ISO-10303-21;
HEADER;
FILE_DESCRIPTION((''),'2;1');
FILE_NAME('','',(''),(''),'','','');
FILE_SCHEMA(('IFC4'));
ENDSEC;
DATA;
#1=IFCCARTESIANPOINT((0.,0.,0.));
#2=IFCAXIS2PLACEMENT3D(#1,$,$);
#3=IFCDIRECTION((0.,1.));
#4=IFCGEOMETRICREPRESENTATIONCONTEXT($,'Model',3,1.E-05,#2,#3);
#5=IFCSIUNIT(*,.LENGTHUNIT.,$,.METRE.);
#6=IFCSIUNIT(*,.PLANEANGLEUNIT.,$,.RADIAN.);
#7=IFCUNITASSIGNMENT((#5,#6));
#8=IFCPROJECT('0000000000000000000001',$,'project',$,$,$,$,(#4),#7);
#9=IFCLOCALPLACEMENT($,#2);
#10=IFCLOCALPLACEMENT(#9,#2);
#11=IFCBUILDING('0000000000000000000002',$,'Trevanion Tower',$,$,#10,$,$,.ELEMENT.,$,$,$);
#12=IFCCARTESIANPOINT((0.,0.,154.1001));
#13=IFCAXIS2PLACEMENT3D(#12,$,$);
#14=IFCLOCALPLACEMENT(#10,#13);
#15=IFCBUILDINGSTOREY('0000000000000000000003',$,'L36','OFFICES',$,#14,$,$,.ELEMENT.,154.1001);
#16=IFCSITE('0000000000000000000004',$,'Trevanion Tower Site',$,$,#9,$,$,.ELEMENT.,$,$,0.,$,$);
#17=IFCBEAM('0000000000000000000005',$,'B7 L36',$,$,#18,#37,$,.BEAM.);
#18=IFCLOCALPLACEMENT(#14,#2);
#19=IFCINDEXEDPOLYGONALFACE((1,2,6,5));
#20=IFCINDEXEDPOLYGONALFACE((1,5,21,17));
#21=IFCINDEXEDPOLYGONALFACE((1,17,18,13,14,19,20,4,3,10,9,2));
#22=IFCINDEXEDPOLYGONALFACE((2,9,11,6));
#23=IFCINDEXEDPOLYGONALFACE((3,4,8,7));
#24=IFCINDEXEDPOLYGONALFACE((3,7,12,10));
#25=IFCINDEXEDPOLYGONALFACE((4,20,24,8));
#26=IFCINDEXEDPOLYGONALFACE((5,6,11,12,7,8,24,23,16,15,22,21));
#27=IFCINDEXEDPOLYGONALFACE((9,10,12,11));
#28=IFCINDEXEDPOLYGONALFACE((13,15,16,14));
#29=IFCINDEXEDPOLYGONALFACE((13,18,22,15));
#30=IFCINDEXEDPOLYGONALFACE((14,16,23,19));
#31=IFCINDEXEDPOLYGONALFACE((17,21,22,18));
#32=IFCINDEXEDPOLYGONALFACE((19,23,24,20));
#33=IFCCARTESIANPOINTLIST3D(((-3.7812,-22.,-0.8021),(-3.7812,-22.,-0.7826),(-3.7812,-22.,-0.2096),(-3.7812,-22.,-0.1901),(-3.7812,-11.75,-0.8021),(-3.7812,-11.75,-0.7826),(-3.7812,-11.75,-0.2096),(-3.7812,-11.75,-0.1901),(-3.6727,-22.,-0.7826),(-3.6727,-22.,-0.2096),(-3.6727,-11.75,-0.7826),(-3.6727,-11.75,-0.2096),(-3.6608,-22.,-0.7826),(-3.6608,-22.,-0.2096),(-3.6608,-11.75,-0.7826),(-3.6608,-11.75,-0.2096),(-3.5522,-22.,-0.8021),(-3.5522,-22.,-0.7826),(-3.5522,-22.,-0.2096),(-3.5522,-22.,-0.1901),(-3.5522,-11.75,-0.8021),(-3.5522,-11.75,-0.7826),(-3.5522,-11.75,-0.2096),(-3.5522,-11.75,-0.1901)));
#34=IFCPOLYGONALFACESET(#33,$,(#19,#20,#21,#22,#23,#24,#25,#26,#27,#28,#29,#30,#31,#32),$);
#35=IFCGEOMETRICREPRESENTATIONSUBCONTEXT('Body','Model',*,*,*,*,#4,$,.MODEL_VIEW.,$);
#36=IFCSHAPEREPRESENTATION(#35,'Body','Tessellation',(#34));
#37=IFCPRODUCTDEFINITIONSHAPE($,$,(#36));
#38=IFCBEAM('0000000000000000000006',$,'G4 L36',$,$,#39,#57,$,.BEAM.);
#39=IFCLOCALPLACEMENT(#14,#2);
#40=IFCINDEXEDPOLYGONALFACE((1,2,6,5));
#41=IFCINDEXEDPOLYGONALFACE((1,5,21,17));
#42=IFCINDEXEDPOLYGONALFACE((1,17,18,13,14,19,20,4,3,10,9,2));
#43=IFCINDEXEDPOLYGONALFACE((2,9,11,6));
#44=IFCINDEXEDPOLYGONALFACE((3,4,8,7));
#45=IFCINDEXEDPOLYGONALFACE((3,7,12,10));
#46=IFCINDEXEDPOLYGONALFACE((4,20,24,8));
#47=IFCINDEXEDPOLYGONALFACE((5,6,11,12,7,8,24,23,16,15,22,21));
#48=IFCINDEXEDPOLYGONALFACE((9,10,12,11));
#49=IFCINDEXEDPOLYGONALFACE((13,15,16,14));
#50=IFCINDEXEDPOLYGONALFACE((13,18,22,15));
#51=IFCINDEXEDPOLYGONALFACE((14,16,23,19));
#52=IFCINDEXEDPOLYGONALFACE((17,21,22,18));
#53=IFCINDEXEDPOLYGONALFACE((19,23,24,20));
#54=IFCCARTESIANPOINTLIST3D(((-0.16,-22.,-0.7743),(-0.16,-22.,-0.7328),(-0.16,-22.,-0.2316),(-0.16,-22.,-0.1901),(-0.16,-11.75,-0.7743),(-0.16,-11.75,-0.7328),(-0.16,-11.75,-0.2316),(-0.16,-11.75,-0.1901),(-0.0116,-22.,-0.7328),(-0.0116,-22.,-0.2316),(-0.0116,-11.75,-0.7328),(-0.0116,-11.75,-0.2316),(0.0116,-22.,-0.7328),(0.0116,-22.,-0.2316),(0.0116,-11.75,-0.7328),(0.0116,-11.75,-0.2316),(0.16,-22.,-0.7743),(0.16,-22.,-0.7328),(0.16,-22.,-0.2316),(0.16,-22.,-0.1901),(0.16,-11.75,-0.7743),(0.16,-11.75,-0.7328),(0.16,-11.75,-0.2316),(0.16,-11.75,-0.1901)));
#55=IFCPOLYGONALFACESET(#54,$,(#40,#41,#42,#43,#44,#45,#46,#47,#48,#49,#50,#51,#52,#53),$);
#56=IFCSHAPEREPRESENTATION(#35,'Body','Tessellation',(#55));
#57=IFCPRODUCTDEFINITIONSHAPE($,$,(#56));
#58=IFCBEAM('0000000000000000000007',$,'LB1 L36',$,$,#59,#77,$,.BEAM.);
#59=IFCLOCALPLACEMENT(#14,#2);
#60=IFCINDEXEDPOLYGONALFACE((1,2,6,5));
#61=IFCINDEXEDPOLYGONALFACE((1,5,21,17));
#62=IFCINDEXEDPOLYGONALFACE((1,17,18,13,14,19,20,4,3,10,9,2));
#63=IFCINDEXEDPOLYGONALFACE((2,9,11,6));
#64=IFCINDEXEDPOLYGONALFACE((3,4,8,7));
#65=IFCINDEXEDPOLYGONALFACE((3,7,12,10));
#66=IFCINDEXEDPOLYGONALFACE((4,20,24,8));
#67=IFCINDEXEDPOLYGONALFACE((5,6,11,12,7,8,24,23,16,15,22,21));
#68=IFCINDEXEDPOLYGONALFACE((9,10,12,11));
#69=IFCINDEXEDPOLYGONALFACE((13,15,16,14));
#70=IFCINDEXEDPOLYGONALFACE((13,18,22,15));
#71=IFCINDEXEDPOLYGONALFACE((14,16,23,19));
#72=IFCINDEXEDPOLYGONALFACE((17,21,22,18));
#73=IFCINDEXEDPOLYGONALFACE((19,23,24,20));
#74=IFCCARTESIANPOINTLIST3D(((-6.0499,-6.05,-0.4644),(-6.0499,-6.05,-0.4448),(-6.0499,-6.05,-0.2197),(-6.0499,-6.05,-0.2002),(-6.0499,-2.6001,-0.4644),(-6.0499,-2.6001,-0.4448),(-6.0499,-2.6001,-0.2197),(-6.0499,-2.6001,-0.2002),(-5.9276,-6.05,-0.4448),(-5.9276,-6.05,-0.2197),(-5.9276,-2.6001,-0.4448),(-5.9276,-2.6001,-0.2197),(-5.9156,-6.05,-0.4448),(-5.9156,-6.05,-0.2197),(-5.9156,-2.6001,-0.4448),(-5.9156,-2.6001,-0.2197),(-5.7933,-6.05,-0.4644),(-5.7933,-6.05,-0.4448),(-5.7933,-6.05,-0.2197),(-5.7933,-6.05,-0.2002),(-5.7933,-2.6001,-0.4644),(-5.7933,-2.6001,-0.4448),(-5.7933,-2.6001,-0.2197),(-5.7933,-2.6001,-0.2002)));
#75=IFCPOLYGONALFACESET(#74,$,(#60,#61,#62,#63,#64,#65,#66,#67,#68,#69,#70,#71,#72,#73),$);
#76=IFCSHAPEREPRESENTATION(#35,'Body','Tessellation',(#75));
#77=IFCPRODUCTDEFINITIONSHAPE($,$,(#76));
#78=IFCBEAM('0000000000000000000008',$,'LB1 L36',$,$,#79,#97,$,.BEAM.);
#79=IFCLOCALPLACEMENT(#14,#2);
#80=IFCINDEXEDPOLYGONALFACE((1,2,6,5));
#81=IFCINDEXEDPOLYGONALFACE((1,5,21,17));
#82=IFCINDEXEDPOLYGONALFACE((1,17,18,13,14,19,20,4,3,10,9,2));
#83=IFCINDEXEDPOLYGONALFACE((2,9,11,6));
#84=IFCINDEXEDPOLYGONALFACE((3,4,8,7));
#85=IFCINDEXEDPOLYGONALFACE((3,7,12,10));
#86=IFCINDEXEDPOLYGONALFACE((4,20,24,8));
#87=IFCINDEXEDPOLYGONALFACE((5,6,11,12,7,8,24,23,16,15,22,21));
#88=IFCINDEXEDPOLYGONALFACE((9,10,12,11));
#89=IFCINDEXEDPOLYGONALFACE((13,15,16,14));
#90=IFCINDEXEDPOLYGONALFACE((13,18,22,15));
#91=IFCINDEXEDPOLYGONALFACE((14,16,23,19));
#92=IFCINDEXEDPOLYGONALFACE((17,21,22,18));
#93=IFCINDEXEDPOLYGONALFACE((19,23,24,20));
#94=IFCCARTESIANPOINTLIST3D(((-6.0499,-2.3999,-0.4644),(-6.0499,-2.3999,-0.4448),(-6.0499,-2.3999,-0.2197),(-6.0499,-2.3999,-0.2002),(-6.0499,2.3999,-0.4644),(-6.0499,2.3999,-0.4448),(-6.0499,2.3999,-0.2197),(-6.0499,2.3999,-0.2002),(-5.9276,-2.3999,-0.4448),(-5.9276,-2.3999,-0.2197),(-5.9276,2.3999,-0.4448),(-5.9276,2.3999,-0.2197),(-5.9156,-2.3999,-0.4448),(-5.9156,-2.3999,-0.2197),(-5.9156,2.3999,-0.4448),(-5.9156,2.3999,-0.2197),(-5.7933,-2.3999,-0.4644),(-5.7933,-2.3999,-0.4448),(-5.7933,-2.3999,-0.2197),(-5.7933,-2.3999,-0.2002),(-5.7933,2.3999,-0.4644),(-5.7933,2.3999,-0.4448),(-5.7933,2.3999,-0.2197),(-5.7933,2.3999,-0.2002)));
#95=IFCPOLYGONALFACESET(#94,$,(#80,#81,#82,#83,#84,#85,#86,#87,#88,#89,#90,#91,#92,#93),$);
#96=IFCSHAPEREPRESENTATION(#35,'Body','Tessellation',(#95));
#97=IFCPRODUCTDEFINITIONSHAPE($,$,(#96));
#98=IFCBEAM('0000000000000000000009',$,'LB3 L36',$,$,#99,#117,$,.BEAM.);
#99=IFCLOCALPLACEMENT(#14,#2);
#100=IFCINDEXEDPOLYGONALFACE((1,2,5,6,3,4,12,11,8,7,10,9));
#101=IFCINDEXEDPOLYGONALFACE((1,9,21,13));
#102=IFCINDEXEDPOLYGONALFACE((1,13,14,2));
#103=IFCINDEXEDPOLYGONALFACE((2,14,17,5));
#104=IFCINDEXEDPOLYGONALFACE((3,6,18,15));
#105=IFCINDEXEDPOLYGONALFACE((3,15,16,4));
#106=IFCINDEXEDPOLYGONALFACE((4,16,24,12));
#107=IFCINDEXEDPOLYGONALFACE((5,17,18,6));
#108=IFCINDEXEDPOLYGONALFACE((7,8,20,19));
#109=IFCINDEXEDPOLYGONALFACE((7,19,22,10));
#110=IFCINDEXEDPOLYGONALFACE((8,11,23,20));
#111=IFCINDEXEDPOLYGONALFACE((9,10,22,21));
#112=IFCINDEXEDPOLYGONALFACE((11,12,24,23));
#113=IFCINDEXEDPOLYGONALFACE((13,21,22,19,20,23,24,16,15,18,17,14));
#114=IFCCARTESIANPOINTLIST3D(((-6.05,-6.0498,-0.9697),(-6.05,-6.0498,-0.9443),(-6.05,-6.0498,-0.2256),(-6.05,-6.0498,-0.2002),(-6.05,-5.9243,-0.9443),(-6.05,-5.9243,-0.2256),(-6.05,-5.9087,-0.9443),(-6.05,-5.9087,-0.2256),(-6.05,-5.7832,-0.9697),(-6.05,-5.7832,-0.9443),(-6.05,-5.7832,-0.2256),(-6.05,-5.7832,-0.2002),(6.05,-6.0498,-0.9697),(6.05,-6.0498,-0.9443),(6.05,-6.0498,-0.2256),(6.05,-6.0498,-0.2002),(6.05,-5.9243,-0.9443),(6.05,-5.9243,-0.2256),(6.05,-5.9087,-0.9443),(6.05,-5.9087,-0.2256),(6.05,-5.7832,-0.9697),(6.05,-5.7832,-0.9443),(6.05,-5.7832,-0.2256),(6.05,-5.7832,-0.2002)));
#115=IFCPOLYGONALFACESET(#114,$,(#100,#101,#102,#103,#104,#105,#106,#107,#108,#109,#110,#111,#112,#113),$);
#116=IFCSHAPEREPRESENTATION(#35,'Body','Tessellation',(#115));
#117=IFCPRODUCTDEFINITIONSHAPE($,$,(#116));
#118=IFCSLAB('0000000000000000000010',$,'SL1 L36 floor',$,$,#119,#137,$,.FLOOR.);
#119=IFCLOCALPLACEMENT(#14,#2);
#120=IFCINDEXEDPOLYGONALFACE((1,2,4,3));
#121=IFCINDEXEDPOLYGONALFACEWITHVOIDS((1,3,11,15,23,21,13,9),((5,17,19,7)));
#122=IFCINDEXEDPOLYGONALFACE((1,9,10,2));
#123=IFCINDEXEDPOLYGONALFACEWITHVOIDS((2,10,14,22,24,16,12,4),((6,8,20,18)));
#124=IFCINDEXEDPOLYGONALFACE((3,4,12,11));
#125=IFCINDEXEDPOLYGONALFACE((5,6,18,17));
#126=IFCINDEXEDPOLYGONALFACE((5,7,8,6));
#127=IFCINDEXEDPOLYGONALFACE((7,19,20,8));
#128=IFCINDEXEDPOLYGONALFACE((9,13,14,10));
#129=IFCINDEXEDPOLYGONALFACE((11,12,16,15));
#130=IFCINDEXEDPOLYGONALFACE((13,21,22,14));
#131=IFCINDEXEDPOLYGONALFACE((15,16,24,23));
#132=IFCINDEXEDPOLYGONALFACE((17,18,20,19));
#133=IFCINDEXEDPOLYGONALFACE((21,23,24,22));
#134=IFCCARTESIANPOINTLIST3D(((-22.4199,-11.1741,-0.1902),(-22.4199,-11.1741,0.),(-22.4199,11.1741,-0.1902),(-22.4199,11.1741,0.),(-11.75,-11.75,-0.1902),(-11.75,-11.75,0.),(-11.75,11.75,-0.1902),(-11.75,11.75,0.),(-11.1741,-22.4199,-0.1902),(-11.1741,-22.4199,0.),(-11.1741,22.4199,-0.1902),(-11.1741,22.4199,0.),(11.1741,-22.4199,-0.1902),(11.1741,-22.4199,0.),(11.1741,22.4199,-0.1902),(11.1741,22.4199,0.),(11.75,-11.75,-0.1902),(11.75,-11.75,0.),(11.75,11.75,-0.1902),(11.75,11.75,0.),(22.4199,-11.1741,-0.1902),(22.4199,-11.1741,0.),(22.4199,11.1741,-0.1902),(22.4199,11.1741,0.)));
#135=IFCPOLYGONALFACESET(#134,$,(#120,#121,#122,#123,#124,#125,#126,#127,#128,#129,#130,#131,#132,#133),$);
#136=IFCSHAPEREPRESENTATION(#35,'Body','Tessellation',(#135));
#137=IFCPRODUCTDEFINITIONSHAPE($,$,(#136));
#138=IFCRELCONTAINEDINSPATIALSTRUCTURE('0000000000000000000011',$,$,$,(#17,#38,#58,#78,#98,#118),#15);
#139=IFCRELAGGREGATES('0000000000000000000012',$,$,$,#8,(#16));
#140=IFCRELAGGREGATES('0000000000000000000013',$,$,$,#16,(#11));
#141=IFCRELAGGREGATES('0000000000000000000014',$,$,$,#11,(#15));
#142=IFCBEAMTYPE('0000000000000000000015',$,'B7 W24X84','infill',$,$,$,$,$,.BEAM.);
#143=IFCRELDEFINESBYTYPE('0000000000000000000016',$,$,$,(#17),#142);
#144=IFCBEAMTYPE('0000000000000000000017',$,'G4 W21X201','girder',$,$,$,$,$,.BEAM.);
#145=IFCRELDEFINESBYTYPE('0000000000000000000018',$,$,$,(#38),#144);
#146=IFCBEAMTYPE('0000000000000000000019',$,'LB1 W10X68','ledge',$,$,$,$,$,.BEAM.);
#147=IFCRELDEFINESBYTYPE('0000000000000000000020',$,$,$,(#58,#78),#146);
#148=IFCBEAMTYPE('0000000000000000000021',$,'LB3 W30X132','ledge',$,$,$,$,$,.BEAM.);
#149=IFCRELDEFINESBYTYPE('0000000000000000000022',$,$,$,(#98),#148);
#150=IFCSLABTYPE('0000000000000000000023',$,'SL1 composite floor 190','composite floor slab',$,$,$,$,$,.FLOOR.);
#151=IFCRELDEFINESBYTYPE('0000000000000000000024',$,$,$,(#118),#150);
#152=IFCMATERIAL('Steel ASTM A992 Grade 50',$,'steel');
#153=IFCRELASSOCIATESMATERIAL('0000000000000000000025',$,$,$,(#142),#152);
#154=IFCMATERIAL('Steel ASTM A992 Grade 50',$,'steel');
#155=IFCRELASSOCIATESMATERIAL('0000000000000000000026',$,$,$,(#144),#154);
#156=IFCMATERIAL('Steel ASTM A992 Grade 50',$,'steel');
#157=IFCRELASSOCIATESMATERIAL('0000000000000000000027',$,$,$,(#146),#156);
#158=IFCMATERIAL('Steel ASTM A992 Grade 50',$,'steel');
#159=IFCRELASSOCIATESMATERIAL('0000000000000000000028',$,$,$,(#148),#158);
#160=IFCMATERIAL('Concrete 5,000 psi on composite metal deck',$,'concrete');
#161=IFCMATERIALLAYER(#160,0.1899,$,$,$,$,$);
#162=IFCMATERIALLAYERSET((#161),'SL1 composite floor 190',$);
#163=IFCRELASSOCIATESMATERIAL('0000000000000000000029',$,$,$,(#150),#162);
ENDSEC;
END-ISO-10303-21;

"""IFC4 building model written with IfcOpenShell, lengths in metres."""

from ifc_helpers import new_model, si_unit, direction, frame, origin, origin_2d, place, context, subcontext, project, spatial, polyline, i_section, outline, extrude, material, layer, layer_set, material_profile, profile_set, type_object, element, save


model = new_model("IFC4")

# Units and contexts
model_context = context("Model", 3, precision=1e-05, world=origin(), true_north=direction((0.0, 1.0)))
body_context = subcontext(model_context, "Body", "Model", "MODEL_VIEW")
ifc_project = project(units=[si_unit("LENGTHUNIT", "METRE"), si_unit("PLANEANGLEUNIT", "RADIAN")], contexts=[model_context])

# Site, building, storey
site_placement = place(None, origin())
site = spatial("IfcSite", under=ifc_project, at=site_placement, Name="Trevanion Tower Site", CompositionType="ELEMENT", RefElevation=0.0)
building_placement = place(site_placement, origin())
building = spatial("IfcBuilding", under=site, at=building_placement, Name="Trevanion Tower", CompositionType="ELEMENT")
storey_placement = place(building_placement, frame((0.0, 0.0, 154.1001)))
storey = spatial("IfcBuildingStorey", under=building, at=storey_placement, Name="L36", Description="OFFICES", CompositionType="ELEMENT", Elevation=154.1001)

# Beams
ifc_material_1 = material(Name="Steel ASTM A992 Grade 50", Category="steel")
ifc_material_profile_1 = material_profile(ifc_material_1, i_section(OverallWidth=0.229, OverallDepth=0.6121, WebThickness=0.012, FlangeThickness=0.0195, at=origin_2d()), Name="W24X84")
ifc_profile_set_1 = profile_set([ifc_material_profile_1], Name="Steel ASTM A992 Grade 50")
beam_type_1 = type_object("IfcBeamType", Name="B7 W24X84", Description="infill", PredefinedType="BEAM", material=ifc_profile_set_1)
beam_1_placement = place(storey_placement, frame((-3.6667, -11.75, -0.4961), z_axis=(0.0, -1.0, 0.0), x_axis=(1.0, 0.0, 0.0)))
element("IfcBeam", 1, at=beam_1_placement, inside=storey, type_object=beam_type_1, Name="B7 L36", PredefinedType="BEAM", context=body_context, shape_type="SweptSolid", body=[
    extrude(i_section(OverallWidth=0.229, OverallDepth=0.6121, WebThickness=0.012, FlangeThickness=0.0195, at=origin_2d()), origin(), (0.0, 0.0, 1.0), 10.25),
])
ifc_material_2 = material(Name="Steel ASTM A992 Grade 50", Category="steel")
ifc_material_profile_2 = material_profile(ifc_material_2, i_section(OverallWidth=0.3201, OverallDepth=0.5842, WebThickness=0.0232, FlangeThickness=0.0415, at=origin_2d()), Name="W21X201")
ifc_profile_set_2 = profile_set([ifc_material_profile_2], Name="Steel ASTM A992 Grade 50")
beam_type_2 = type_object("IfcBeamType", Name="G4 W21X201", Description="girder", PredefinedType="BEAM", material=ifc_profile_set_2)
beam_2_placement = place(storey_placement, frame((0.0, -11.75, -0.4822), z_axis=(0.0, -1.0, 0.0), x_axis=(1.0, 0.0, 0.0)))
element("IfcBeam", 2, at=beam_2_placement, inside=storey, type_object=beam_type_2, Name="G4 L36", PredefinedType="BEAM", context=body_context, shape_type="SweptSolid", body=[
    extrude(i_section(OverallWidth=0.3201, OverallDepth=0.5842, WebThickness=0.0232, FlangeThickness=0.0415, at=origin_2d()), origin(), (0.0, 0.0, 1.0), 10.25),
])
ifc_material_3 = material(Name="Steel ASTM A992 Grade 50", Category="steel")
ifc_material_profile_3 = material_profile(ifc_material_3, i_section(OverallWidth=0.2566, OverallDepth=0.2642, WebThickness=0.012, FlangeThickness=0.0195, at=origin_2d()), Name="W10X68")
ifc_profile_set_3 = profile_set([ifc_material_profile_3], Name="Steel ASTM A992 Grade 50")
beam_type_3 = type_object("IfcBeamType", Name="LB1 W10X68", Description="ledge", PredefinedType="BEAM", material=ifc_profile_set_3)
beam_3_placement = place(storey_placement, frame((-5.9216, -6.05, -0.3323), z_axis=(0.0, 1.0, 0.0), x_axis=(-1.0, 0.0, 0.0)))
element("IfcBeam", 3, at=beam_3_placement, inside=storey, type_object=beam_type_3, Name="LB1 L36", PredefinedType="BEAM", context=body_context, shape_type="SweptSolid", body=[
    extrude(i_section(OverallWidth=0.2566, OverallDepth=0.2642, WebThickness=0.012, FlangeThickness=0.0195, at=origin_2d()), origin(), (0.0, 0.0, 1.0), 3.45),
])
beam_4_placement = place(storey_placement, frame((-5.9216, -2.3999, -0.3323), z_axis=(0.0, 1.0, 0.0), x_axis=(-1.0, 0.0, 0.0)))
element("IfcBeam", 4, at=beam_4_placement, inside=storey, type_object=beam_type_3, Name="LB1 L36", PredefinedType="BEAM", context=body_context, shape_type="SweptSolid", body=[
    extrude(i_section(OverallWidth=0.2566, OverallDepth=0.2642, WebThickness=0.012, FlangeThickness=0.0195, at=origin_2d()), origin(), (0.0, 0.0, 1.0), 4.7998),
])
ifc_material_4 = material(Name="Steel ASTM A992 Grade 50", Category="steel")
ifc_material_profile_4 = material_profile(ifc_material_4, i_section(OverallWidth=0.2666, OverallDepth=0.7695, WebThickness=0.0156, FlangeThickness=0.0254, at=origin_2d()), Name="W30X132")
ifc_profile_set_4 = profile_set([ifc_material_profile_4], Name="Steel ASTM A992 Grade 50")
beam_type_4 = type_object("IfcBeamType", Name="LB3 W30X132", Description="ledge", PredefinedType="BEAM", material=ifc_profile_set_4)
beam_5_placement = place(storey_placement, frame((-6.05, -5.9165, -0.585), z_axis=(1.0, 0.0, 0.0), x_axis=(0.0, 1.0, 0.0)))
element("IfcBeam", 5, at=beam_5_placement, inside=storey, type_object=beam_type_4, Name="LB3 L36", PredefinedType="BEAM", context=body_context, shape_type="SweptSolid", body=[
    extrude(i_section(OverallWidth=0.2666, OverallDepth=0.7695, WebThickness=0.0156, FlangeThickness=0.0254, at=origin_2d()), origin(), (0.0, 0.0, 1.0), 12.1001),
])

# Slab
ifc_material_5 = material(Name="Concrete 5,000 psi on composite metal deck", Category="concrete")
ifc_layer_1 = layer(ifc_material_5, 0.1899)
ifc_layer_set_1 = layer_set([ifc_layer_1], Name="SL1 composite floor 190")
slab_type = type_object("IfcSlabType", Name="SL1 composite floor 190", Description="composite floor slab", PredefinedType="FLOOR", material=ifc_layer_set_1)
slab_placement = place(storey_placement, frame((0.0, 0.0, -0.1902)))
element("IfcSlab", 6, at=slab_placement, inside=storey, type_object=slab_type, Name="SL1 L36 floor", PredefinedType="FLOOR", context=body_context, shape_type="SweptSolid", body=[
    extrude(outline(polyline([(22.4199, -11.1741), (22.4199, 11.1741), (11.1741, 22.4199), (-11.1741, 22.4199), (-22.4199, 11.1741), (-22.4199, -11.1741), (-11.1741, -22.4199), (11.1741, -22.4199), (22.4199, -11.1741)]), holes=[polyline([(11.75, -11.75), (11.75, 11.75), (-11.75, 11.75), (-11.75, -11.75), (11.75, -11.75)])]), origin(), (0.0, 0.0, 1.0), 0.1902),
])

save(model, "model.ifc")
